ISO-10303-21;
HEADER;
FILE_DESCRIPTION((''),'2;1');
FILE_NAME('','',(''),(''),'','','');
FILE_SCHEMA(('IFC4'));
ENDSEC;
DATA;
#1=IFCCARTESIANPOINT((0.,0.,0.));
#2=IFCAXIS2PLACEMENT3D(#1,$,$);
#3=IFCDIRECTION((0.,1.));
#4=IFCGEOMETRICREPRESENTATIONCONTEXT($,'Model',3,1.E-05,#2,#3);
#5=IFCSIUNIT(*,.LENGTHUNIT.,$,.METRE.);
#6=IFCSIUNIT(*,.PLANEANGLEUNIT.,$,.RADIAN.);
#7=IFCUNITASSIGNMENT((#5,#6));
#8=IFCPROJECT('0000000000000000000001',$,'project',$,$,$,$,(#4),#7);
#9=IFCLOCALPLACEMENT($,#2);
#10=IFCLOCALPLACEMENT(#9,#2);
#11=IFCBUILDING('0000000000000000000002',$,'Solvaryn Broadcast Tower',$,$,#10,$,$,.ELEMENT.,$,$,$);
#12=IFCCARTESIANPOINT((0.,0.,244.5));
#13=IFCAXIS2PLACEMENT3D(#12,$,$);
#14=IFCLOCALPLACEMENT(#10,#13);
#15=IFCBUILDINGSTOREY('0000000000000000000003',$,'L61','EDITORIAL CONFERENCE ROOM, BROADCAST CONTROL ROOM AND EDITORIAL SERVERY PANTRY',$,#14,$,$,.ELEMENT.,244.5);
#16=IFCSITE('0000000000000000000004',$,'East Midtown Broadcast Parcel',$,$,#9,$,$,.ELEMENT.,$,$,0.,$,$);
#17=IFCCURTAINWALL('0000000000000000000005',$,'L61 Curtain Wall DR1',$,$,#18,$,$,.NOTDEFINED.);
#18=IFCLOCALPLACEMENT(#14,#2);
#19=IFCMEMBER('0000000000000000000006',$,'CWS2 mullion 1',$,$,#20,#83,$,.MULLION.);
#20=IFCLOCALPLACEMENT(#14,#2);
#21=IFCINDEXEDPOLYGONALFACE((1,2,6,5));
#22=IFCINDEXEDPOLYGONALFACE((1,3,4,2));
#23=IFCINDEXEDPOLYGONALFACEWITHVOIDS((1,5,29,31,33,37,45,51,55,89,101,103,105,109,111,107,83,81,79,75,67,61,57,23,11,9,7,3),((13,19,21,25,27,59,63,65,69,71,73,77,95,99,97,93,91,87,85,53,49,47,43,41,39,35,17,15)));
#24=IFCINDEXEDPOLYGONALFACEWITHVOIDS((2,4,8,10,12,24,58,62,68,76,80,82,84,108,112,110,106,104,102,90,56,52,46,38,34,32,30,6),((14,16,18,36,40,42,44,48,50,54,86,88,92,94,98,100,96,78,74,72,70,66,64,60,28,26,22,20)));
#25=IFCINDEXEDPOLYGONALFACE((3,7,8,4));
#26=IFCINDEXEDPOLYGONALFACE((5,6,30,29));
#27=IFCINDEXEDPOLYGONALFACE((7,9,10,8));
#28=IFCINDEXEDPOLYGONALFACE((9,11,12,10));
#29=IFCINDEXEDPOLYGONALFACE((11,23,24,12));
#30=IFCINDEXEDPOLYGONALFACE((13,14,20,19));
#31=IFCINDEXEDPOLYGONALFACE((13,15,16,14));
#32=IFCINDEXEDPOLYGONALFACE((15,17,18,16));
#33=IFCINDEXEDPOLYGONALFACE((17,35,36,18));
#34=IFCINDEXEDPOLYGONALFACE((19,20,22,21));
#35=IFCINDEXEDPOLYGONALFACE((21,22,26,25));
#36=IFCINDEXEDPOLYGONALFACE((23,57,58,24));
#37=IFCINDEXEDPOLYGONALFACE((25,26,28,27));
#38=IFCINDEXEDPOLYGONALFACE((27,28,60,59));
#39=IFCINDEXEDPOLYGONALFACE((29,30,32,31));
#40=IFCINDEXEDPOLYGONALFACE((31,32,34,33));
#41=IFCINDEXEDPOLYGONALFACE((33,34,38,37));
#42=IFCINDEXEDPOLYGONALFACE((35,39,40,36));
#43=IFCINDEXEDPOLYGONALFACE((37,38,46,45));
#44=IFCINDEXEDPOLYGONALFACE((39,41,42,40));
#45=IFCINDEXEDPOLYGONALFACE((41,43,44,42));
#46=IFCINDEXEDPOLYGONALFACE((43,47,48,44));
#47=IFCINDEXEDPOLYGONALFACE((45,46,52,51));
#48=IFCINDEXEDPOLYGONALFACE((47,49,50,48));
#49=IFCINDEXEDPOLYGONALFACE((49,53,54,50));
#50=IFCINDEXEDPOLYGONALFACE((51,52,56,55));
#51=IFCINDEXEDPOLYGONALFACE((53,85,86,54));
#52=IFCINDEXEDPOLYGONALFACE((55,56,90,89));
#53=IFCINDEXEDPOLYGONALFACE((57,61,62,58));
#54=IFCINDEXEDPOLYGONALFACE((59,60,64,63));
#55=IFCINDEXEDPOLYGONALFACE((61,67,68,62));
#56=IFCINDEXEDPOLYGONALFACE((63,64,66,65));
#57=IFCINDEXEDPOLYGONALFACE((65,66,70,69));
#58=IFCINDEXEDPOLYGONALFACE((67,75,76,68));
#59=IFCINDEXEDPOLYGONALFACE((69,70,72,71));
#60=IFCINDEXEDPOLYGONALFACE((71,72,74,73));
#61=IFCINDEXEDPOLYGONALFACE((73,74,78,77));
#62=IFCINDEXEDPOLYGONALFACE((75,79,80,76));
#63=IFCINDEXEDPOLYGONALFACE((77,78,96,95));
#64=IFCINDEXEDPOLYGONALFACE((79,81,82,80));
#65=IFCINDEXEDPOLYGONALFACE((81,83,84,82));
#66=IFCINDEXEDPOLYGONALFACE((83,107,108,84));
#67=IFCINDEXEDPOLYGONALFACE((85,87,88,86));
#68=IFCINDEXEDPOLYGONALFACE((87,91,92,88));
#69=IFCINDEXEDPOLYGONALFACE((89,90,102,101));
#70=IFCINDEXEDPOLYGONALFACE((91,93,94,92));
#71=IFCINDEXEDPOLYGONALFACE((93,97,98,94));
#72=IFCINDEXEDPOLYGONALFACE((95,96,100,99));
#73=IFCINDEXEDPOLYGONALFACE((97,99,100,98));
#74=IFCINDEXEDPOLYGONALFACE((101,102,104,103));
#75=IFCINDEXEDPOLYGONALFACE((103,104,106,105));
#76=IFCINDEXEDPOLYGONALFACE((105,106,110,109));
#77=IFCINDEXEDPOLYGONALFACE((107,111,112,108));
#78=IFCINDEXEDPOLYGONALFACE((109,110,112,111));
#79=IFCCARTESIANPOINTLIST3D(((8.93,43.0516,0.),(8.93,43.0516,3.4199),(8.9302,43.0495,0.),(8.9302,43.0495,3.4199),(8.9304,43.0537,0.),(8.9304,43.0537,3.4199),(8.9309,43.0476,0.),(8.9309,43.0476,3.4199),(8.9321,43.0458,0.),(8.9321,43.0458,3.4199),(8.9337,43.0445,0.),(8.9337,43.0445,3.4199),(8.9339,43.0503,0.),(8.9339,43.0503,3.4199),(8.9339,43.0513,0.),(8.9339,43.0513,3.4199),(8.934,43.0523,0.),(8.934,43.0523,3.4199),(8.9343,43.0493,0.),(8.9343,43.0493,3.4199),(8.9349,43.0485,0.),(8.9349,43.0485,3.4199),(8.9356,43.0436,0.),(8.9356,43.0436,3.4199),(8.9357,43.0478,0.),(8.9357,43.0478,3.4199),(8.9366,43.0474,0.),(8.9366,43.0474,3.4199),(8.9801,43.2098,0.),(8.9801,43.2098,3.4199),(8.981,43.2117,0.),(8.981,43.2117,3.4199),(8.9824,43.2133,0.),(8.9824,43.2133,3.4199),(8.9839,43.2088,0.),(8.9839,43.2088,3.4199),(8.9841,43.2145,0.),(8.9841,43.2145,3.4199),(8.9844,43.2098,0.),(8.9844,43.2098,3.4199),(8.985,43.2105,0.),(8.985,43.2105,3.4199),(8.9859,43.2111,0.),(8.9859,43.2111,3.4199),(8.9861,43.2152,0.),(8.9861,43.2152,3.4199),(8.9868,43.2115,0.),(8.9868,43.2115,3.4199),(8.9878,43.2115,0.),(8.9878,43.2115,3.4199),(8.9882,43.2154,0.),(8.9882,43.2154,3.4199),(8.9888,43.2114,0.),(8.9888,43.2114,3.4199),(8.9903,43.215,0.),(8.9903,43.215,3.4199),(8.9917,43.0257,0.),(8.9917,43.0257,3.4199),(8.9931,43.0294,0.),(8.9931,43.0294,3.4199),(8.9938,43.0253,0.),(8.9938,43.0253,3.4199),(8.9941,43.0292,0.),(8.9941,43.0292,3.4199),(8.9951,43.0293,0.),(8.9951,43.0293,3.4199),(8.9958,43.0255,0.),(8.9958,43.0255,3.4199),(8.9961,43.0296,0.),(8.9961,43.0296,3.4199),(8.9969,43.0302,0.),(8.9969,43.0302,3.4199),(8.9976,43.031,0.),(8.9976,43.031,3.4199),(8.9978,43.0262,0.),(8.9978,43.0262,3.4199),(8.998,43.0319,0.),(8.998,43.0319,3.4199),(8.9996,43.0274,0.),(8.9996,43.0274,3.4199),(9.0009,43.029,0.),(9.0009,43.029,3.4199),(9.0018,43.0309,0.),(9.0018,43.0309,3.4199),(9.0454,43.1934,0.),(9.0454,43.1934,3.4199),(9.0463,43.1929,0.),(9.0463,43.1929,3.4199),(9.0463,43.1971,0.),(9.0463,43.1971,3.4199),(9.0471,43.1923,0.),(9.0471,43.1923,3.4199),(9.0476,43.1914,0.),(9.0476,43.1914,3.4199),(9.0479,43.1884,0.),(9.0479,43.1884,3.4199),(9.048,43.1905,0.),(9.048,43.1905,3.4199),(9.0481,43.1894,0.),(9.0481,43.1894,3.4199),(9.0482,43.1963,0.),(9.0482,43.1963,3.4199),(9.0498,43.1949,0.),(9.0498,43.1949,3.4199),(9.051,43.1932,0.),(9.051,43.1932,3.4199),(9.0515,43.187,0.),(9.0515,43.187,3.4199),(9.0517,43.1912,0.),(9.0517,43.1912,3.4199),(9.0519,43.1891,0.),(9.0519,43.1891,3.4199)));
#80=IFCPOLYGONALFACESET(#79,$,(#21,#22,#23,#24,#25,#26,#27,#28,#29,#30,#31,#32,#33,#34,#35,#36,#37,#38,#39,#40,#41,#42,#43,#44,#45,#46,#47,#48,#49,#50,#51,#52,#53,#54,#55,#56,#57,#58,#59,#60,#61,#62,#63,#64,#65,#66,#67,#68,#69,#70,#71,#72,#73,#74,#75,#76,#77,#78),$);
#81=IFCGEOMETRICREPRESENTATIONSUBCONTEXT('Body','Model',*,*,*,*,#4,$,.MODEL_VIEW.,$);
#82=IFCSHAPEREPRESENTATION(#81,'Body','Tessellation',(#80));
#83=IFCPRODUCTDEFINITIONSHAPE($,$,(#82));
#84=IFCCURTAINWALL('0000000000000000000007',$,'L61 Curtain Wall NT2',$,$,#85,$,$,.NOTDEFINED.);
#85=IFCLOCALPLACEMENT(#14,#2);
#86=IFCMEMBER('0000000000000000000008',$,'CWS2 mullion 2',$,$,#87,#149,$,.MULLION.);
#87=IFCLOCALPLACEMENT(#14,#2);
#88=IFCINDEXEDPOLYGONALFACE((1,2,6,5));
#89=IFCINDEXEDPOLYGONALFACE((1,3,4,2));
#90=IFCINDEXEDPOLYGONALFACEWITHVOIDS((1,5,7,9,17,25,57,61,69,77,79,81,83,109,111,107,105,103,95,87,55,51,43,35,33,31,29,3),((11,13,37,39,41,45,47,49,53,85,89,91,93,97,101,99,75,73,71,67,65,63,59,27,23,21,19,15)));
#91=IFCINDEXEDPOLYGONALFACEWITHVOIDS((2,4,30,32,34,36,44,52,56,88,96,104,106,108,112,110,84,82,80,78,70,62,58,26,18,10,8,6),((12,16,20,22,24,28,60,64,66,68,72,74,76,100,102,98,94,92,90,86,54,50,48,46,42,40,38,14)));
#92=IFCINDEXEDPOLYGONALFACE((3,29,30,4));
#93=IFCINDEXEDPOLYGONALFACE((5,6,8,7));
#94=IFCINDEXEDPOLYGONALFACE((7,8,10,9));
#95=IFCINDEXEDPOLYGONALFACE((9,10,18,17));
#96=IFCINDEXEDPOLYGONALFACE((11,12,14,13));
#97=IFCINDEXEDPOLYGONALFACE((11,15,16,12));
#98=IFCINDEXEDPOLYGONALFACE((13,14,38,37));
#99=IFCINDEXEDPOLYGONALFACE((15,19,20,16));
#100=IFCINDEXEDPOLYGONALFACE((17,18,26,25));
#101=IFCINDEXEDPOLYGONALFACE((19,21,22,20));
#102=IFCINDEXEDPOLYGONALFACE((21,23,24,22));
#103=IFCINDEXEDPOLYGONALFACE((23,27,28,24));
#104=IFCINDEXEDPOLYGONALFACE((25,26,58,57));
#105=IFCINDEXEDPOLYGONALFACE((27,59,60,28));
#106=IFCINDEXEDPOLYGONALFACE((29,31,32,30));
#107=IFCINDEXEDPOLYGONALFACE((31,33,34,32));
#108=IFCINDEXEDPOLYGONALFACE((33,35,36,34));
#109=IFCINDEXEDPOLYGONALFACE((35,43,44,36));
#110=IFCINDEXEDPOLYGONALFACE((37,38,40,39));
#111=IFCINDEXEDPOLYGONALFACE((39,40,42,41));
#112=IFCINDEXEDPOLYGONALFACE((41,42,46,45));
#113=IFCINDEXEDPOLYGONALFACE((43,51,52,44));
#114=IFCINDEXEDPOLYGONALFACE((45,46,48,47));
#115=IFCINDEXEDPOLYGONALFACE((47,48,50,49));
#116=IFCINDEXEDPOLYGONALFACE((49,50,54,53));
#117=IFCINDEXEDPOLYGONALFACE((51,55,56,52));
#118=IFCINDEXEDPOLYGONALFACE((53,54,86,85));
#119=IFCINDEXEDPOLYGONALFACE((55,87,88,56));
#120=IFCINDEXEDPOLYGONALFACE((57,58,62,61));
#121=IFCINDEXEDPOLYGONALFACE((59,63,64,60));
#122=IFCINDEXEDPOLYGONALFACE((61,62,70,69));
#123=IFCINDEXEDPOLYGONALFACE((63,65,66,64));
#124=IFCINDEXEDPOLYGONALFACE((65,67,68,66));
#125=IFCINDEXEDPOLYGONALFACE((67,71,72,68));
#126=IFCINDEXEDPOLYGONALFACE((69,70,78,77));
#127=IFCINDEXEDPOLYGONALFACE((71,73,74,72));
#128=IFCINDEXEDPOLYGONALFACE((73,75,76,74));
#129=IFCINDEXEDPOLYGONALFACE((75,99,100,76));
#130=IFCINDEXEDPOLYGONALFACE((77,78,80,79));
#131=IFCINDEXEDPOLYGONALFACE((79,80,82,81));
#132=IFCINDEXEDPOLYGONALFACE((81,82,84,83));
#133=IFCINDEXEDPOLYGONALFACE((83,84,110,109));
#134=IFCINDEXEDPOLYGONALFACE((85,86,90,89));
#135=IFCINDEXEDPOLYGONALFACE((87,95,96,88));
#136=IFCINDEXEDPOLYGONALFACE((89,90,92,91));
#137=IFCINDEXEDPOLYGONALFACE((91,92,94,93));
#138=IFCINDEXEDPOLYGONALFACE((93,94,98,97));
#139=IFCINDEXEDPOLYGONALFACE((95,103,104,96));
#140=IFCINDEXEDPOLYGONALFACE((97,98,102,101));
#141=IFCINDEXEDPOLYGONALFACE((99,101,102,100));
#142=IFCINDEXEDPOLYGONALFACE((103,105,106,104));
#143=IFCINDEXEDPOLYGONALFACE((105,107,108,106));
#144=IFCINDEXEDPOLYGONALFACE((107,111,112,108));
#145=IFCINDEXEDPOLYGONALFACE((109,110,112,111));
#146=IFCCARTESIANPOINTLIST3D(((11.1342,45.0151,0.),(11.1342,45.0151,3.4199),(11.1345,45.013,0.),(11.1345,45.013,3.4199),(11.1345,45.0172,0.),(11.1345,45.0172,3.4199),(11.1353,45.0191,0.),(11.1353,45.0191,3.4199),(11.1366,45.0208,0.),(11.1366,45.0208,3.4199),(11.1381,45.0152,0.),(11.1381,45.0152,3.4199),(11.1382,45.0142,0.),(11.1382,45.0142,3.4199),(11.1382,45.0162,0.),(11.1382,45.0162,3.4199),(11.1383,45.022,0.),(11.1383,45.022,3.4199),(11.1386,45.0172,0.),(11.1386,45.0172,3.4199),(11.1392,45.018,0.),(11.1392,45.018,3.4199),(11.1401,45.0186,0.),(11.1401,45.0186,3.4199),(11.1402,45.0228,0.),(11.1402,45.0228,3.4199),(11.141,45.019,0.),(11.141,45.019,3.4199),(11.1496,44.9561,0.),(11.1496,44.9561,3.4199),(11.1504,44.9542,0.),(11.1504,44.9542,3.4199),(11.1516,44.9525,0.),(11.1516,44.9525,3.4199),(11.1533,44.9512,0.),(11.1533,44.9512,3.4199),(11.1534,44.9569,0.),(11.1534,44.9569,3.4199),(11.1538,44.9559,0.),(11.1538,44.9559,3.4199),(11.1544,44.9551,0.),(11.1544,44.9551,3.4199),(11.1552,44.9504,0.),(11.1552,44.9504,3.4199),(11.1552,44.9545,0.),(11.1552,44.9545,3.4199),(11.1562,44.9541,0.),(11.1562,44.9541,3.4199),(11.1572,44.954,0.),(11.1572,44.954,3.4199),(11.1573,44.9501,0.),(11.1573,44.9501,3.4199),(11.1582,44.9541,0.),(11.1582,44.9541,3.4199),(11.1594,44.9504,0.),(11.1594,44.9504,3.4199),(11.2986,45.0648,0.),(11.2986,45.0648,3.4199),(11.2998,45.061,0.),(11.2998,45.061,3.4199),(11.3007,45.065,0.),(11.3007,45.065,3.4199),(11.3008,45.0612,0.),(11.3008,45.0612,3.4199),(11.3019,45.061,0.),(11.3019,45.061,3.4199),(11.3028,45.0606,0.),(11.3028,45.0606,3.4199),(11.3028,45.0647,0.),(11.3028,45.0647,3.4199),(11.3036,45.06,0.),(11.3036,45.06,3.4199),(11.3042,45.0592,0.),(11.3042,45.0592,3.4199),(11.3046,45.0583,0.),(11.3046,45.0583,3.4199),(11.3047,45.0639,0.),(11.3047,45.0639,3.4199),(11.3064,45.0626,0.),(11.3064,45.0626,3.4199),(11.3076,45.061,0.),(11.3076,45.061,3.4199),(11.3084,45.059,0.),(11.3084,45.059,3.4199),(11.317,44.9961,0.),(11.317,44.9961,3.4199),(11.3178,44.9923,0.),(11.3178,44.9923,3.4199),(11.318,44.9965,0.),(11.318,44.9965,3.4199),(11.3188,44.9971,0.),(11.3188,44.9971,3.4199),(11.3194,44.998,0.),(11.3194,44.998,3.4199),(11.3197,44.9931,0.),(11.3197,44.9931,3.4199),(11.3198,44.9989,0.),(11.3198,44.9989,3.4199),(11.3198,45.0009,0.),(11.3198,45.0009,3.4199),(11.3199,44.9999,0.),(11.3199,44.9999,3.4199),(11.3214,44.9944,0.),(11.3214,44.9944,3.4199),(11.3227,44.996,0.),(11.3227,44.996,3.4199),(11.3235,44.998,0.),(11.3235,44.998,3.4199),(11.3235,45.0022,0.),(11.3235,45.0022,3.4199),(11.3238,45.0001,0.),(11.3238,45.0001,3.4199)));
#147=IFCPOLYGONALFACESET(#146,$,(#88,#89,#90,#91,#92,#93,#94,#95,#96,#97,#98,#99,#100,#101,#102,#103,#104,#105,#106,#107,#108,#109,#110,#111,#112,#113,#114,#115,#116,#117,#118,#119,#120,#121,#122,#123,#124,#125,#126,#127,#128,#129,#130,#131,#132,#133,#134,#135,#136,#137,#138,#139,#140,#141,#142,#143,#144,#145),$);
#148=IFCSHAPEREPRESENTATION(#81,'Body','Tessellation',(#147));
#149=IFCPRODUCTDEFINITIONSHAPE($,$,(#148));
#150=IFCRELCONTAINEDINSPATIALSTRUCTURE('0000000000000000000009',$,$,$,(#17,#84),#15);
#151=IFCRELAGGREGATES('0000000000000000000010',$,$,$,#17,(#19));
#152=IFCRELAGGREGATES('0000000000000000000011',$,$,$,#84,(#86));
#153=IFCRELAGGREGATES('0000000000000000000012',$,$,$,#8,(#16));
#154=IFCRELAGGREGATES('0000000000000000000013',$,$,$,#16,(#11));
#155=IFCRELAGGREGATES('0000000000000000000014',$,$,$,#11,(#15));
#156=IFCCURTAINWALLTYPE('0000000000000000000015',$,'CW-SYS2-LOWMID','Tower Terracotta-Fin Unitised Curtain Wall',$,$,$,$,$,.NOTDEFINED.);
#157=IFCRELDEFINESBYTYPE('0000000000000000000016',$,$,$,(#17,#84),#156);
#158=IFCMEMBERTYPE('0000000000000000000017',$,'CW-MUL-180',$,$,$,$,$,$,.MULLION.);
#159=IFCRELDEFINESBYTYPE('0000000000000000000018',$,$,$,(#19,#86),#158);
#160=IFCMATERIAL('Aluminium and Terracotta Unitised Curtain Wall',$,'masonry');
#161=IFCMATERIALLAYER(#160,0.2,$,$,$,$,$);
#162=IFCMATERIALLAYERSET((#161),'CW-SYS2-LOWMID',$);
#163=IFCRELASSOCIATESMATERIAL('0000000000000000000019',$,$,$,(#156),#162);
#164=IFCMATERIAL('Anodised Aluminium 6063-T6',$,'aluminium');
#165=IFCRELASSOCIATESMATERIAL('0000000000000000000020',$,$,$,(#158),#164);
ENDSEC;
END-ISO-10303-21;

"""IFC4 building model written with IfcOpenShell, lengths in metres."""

from ifc_helpers import new_model, si_unit, direction, frame, origin, origin_2d, place, context, subcontext, project, spatial, hollow_rectangle, extrude, material, layer, layer_set, material_profile, profile_set, type_object, element, aggregate, save


model = new_model("IFC4")

# Units and contexts
model_context = context("Model", 3, precision=1e-05, world=origin(), true_north=direction((0.0, 1.0)))
body_context = subcontext(model_context, "Body", "Model", "MODEL_VIEW")
ifc_project = project(units=[si_unit("LENGTHUNIT", "METRE"), si_unit("PLANEANGLEUNIT", "RADIAN")], contexts=[model_context])

# Site, building, storey
site_placement = place(None, origin())
site = spatial("IfcSite", under=ifc_project, at=site_placement, Name="East Midtown Broadcast Parcel", CompositionType="ELEMENT", RefElevation=0.0)
building_placement = place(site_placement, origin())
building = spatial("IfcBuilding", under=site, at=building_placement, Name="Solvaryn Broadcast Tower", CompositionType="ELEMENT")
storey_placement = place(building_placement, frame((0.0, 0.0, 244.5)))
storey = spatial("IfcBuildingStorey", under=building, at=storey_placement, Name="L61", Description="EDITORIAL CONFERENCE ROOM, BROADCAST CONTROL ROOM AND EDITORIAL SERVERY PANTRY", CompositionType="ELEMENT", Elevation=244.5)

# Curtain walls, members
ifc_material_1 = material(Name="Aluminium and Terracotta Unitised Curtain Wall", Category="masonry")
ifc_layer_1 = layer(ifc_material_1, 0.2)
ifc_layer_set_1 = layer_set([ifc_layer_1], Name="CW-SYS2-LOWMID")
curtain_wall_type = type_object("IfcCurtainWallType", Name="CW-SYS2-LOWMID", Description="Tower Terracotta-Fin Unitised Curtain Wall", PredefinedType="NOTDEFINED", material=ifc_layer_set_1)
curtain_wall_1_placement = place(storey_placement, origin())
curtain_wall_1 = element("IfcCurtainWall", 1, at=curtain_wall_1_placement, inside=storey, type_object=curtain_wall_type, Name="L61 Curtain Wall DR1", PredefinedType="NOTDEFINED")
ifc_material_2 = material(Name="Anodised Aluminium 6063-T6", Category="aluminium")
ifc_material_profile_1 = material_profile(ifc_material_2, hollow_rectangle(XDim=0.075, YDim=0.1799, WallThickness=0.0039, InnerFilletRadius=0.0039, OuterFilletRadius=0.0081, at=origin_2d()))
ifc_profile_set_1 = profile_set([ifc_material_profile_1], Name="Anodised Aluminium 6063-T6")
member_type_1 = type_object("IfcMemberType", Name="CW-MUL-180", PredefinedType="MULLION", material=ifc_profile_set_1)
member_1_placement = place(storey_placement, frame((8.991, 43.1204, 0.0), z_axis=(0.0, 0.0, 1.0), x_axis=(0.952795, -0.303616, 0.0)))
member_1 = element("IfcMember", 2, at=member_1_placement, type_object=member_type_1, Name="CWS2 mullion 1", PredefinedType="MULLION", context=body_context, shape_type="SweptSolid", body=[
    extrude(hollow_rectangle(XDim=0.075, YDim=0.1799, WallThickness=0.0039, InnerFilletRadius=0.0039, OuterFilletRadius=0.0081, at=origin_2d()), origin(), (0.0, 0.0, 1.0), 3.4199),
])
curtain_wall_2_placement = place(storey_placement, origin())
curtain_wall_2 = element("IfcCurtainWall", 3, at=curtain_wall_2_placement, inside=storey, type_object=curtain_wall_type, Name="L61 Curtain Wall NT2", PredefinedType="NOTDEFINED")
member_2_placement = place(storey_placement, frame((11.229, 45.0076, 0.0), z_axis=(0.0, 0.0, 1.0), x_axis=(0.255893, -0.966705, 0.0)))
member_2 = element("IfcMember", 4, at=member_2_placement, type_object=member_type_1, Name="CWS2 mullion 2", PredefinedType="MULLION", context=body_context, shape_type="SweptSolid", body=[
    extrude(hollow_rectangle(XDim=0.075, YDim=0.1799, WallThickness=0.0039, InnerFilletRadius=0.0039, OuterFilletRadius=0.0081, at=origin_2d()), origin(), (0.0, 0.0, 1.0), 3.4199),
])

aggregate(curtain_wall_1, [member_1])

aggregate(curtain_wall_2, [member_2])

save(model, "model.ifc")
